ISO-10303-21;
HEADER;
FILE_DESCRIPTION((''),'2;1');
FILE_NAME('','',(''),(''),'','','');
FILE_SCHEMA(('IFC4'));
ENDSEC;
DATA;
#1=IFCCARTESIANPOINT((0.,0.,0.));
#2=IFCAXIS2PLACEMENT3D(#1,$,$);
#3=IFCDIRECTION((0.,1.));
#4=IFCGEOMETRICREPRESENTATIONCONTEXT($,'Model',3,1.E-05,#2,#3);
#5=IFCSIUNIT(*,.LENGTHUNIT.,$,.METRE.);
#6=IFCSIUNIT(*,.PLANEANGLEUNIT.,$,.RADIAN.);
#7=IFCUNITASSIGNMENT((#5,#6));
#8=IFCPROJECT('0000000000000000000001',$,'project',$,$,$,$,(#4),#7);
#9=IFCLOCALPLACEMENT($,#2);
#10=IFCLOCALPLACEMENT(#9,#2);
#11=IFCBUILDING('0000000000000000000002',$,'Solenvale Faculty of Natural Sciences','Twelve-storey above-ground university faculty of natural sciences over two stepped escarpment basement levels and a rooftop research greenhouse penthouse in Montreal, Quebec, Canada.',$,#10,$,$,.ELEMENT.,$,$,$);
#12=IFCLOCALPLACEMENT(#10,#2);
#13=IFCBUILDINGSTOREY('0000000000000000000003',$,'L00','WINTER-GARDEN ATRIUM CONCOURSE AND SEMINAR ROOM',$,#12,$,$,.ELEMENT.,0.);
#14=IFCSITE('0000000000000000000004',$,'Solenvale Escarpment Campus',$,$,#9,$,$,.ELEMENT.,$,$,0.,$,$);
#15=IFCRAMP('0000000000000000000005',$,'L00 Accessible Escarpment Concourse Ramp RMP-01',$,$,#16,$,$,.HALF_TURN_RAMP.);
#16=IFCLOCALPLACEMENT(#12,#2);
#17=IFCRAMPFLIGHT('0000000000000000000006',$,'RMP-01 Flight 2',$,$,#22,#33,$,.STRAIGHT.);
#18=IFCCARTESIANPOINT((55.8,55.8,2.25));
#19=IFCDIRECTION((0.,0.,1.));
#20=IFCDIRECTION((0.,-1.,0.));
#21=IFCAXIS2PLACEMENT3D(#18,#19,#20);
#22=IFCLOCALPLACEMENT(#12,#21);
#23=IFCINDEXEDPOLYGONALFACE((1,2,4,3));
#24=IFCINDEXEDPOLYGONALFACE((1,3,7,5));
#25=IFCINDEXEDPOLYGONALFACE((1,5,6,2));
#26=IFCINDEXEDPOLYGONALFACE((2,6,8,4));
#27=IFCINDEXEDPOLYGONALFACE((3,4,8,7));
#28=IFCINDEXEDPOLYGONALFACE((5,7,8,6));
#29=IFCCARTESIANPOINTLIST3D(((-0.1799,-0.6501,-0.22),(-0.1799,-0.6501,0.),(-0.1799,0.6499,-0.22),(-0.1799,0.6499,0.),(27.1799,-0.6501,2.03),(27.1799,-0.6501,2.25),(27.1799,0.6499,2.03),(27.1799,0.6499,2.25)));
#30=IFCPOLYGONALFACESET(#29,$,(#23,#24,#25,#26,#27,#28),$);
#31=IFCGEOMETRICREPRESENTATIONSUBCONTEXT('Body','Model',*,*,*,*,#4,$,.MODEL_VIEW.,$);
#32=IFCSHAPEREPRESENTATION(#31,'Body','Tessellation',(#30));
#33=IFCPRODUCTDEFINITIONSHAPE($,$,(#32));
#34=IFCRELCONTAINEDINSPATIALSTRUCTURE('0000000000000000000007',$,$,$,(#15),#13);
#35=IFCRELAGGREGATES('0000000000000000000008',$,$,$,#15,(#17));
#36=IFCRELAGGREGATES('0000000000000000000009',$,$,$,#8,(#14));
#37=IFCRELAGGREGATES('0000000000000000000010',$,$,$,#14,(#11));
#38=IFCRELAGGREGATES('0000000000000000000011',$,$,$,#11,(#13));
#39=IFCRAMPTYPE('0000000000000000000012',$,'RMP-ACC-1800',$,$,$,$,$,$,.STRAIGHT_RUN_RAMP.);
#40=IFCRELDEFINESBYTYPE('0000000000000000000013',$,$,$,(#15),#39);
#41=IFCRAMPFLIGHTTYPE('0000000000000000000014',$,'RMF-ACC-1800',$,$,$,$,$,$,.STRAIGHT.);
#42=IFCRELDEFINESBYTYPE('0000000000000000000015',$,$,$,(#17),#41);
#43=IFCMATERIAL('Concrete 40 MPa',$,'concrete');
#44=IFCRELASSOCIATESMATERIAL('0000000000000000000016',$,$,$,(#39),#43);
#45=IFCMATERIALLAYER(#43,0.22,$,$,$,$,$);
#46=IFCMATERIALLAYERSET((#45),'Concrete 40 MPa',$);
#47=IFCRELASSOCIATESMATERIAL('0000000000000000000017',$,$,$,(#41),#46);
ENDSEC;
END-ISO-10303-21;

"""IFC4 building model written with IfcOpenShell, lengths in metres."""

from ifc_helpers import new_model, si_unit, direction, frame, origin, place, context, subcontext, project, spatial, polyline, outline, extrude, material, layer, layer_set, type_object, element, aggregate, save


model = new_model("IFC4")

# Units and contexts
model_context = context("Model", 3, precision=1e-05, world=origin(), true_north=direction((0.0, 1.0)))
body_context = subcontext(model_context, "Body", "Model", "MODEL_VIEW")
ifc_project = project(units=[si_unit("LENGTHUNIT", "METRE"), si_unit("PLANEANGLEUNIT", "RADIAN")], contexts=[model_context])

# Site, building, storey
site_placement = place(None, origin())
site = spatial("IfcSite", under=ifc_project, at=site_placement, Name="Solenvale Escarpment Campus", CompositionType="ELEMENT", RefElevation=0.0)
building_placement = place(site_placement, origin())
building = spatial("IfcBuilding", under=site, at=building_placement, Name="Solenvale Faculty of Natural Sciences", Description="Twelve-storey above-ground university faculty of natural sciences over two stepped escarpment basement levels and a rooftop research greenhouse penthouse in Montreal, Quebec, Canada.", CompositionType="ELEMENT")
storey_placement = place(building_placement, origin())
storey = spatial("IfcBuildingStorey", under=building, at=storey_placement, Name="L00", Description="WINTER-GARDEN ATRIUM CONCOURSE AND SEMINAR ROOM", CompositionType="ELEMENT", Elevation=0.0)

# Shared definitions
ifc_material_1 = material(Name="Concrete 40 MPa", Category="concrete")

# Ramp, ramp flight
ramp_type = type_object("IfcRampType", Name="RMP-ACC-1800", PredefinedType="STRAIGHT_RUN_RAMP", material=ifc_material_1)
ramp_placement = place(storey_placement, origin())
ramp = element("IfcRamp", 1, at=ramp_placement, inside=storey, type_object=ramp_type, Name="L00 Accessible Escarpment Concourse Ramp RMP-01", PredefinedType="HALF_TURN_RAMP")
ifc_layer_1 = layer(ifc_material_1, 0.22)
ifc_layer_set_1 = layer_set([ifc_layer_1], Name="Concrete 40 MPa")
ramp_flight_type = type_object("IfcRampFlightType", Name="RMF-ACC-1800", PredefinedType="STRAIGHT", material=ifc_layer_set_1)
ramp_flight_placement = place(storey_placement, frame((55.8, 55.8, 2.25), z_axis=(0.0, 0.0, 1.0), x_axis=(0.0, -1.0, 0.0)))
ramp_flight = element("IfcRampFlight", 2, at=ramp_flight_placement, type_object=ramp_flight_type, Name="RMP-01 Flight 2", PredefinedType="STRAIGHT", context=body_context, shape_type="SweptSolid", body=[
    extrude(outline(polyline([(-0.1799, 0.0), (27.1799, 2.25), (27.1799, 2.03), (-0.1799, -0.22), (-0.1799, 0.0)])), frame((0.0, 0.6499, 0.0), z_axis=(0.0, -1.0, 0.0), x_axis=(1.0, 0.0, 0.0)), (0.0, 0.0, 1.0), 1.3),
])
aggregate(ramp, [ramp_flight])

save(model, "model.ifc")
